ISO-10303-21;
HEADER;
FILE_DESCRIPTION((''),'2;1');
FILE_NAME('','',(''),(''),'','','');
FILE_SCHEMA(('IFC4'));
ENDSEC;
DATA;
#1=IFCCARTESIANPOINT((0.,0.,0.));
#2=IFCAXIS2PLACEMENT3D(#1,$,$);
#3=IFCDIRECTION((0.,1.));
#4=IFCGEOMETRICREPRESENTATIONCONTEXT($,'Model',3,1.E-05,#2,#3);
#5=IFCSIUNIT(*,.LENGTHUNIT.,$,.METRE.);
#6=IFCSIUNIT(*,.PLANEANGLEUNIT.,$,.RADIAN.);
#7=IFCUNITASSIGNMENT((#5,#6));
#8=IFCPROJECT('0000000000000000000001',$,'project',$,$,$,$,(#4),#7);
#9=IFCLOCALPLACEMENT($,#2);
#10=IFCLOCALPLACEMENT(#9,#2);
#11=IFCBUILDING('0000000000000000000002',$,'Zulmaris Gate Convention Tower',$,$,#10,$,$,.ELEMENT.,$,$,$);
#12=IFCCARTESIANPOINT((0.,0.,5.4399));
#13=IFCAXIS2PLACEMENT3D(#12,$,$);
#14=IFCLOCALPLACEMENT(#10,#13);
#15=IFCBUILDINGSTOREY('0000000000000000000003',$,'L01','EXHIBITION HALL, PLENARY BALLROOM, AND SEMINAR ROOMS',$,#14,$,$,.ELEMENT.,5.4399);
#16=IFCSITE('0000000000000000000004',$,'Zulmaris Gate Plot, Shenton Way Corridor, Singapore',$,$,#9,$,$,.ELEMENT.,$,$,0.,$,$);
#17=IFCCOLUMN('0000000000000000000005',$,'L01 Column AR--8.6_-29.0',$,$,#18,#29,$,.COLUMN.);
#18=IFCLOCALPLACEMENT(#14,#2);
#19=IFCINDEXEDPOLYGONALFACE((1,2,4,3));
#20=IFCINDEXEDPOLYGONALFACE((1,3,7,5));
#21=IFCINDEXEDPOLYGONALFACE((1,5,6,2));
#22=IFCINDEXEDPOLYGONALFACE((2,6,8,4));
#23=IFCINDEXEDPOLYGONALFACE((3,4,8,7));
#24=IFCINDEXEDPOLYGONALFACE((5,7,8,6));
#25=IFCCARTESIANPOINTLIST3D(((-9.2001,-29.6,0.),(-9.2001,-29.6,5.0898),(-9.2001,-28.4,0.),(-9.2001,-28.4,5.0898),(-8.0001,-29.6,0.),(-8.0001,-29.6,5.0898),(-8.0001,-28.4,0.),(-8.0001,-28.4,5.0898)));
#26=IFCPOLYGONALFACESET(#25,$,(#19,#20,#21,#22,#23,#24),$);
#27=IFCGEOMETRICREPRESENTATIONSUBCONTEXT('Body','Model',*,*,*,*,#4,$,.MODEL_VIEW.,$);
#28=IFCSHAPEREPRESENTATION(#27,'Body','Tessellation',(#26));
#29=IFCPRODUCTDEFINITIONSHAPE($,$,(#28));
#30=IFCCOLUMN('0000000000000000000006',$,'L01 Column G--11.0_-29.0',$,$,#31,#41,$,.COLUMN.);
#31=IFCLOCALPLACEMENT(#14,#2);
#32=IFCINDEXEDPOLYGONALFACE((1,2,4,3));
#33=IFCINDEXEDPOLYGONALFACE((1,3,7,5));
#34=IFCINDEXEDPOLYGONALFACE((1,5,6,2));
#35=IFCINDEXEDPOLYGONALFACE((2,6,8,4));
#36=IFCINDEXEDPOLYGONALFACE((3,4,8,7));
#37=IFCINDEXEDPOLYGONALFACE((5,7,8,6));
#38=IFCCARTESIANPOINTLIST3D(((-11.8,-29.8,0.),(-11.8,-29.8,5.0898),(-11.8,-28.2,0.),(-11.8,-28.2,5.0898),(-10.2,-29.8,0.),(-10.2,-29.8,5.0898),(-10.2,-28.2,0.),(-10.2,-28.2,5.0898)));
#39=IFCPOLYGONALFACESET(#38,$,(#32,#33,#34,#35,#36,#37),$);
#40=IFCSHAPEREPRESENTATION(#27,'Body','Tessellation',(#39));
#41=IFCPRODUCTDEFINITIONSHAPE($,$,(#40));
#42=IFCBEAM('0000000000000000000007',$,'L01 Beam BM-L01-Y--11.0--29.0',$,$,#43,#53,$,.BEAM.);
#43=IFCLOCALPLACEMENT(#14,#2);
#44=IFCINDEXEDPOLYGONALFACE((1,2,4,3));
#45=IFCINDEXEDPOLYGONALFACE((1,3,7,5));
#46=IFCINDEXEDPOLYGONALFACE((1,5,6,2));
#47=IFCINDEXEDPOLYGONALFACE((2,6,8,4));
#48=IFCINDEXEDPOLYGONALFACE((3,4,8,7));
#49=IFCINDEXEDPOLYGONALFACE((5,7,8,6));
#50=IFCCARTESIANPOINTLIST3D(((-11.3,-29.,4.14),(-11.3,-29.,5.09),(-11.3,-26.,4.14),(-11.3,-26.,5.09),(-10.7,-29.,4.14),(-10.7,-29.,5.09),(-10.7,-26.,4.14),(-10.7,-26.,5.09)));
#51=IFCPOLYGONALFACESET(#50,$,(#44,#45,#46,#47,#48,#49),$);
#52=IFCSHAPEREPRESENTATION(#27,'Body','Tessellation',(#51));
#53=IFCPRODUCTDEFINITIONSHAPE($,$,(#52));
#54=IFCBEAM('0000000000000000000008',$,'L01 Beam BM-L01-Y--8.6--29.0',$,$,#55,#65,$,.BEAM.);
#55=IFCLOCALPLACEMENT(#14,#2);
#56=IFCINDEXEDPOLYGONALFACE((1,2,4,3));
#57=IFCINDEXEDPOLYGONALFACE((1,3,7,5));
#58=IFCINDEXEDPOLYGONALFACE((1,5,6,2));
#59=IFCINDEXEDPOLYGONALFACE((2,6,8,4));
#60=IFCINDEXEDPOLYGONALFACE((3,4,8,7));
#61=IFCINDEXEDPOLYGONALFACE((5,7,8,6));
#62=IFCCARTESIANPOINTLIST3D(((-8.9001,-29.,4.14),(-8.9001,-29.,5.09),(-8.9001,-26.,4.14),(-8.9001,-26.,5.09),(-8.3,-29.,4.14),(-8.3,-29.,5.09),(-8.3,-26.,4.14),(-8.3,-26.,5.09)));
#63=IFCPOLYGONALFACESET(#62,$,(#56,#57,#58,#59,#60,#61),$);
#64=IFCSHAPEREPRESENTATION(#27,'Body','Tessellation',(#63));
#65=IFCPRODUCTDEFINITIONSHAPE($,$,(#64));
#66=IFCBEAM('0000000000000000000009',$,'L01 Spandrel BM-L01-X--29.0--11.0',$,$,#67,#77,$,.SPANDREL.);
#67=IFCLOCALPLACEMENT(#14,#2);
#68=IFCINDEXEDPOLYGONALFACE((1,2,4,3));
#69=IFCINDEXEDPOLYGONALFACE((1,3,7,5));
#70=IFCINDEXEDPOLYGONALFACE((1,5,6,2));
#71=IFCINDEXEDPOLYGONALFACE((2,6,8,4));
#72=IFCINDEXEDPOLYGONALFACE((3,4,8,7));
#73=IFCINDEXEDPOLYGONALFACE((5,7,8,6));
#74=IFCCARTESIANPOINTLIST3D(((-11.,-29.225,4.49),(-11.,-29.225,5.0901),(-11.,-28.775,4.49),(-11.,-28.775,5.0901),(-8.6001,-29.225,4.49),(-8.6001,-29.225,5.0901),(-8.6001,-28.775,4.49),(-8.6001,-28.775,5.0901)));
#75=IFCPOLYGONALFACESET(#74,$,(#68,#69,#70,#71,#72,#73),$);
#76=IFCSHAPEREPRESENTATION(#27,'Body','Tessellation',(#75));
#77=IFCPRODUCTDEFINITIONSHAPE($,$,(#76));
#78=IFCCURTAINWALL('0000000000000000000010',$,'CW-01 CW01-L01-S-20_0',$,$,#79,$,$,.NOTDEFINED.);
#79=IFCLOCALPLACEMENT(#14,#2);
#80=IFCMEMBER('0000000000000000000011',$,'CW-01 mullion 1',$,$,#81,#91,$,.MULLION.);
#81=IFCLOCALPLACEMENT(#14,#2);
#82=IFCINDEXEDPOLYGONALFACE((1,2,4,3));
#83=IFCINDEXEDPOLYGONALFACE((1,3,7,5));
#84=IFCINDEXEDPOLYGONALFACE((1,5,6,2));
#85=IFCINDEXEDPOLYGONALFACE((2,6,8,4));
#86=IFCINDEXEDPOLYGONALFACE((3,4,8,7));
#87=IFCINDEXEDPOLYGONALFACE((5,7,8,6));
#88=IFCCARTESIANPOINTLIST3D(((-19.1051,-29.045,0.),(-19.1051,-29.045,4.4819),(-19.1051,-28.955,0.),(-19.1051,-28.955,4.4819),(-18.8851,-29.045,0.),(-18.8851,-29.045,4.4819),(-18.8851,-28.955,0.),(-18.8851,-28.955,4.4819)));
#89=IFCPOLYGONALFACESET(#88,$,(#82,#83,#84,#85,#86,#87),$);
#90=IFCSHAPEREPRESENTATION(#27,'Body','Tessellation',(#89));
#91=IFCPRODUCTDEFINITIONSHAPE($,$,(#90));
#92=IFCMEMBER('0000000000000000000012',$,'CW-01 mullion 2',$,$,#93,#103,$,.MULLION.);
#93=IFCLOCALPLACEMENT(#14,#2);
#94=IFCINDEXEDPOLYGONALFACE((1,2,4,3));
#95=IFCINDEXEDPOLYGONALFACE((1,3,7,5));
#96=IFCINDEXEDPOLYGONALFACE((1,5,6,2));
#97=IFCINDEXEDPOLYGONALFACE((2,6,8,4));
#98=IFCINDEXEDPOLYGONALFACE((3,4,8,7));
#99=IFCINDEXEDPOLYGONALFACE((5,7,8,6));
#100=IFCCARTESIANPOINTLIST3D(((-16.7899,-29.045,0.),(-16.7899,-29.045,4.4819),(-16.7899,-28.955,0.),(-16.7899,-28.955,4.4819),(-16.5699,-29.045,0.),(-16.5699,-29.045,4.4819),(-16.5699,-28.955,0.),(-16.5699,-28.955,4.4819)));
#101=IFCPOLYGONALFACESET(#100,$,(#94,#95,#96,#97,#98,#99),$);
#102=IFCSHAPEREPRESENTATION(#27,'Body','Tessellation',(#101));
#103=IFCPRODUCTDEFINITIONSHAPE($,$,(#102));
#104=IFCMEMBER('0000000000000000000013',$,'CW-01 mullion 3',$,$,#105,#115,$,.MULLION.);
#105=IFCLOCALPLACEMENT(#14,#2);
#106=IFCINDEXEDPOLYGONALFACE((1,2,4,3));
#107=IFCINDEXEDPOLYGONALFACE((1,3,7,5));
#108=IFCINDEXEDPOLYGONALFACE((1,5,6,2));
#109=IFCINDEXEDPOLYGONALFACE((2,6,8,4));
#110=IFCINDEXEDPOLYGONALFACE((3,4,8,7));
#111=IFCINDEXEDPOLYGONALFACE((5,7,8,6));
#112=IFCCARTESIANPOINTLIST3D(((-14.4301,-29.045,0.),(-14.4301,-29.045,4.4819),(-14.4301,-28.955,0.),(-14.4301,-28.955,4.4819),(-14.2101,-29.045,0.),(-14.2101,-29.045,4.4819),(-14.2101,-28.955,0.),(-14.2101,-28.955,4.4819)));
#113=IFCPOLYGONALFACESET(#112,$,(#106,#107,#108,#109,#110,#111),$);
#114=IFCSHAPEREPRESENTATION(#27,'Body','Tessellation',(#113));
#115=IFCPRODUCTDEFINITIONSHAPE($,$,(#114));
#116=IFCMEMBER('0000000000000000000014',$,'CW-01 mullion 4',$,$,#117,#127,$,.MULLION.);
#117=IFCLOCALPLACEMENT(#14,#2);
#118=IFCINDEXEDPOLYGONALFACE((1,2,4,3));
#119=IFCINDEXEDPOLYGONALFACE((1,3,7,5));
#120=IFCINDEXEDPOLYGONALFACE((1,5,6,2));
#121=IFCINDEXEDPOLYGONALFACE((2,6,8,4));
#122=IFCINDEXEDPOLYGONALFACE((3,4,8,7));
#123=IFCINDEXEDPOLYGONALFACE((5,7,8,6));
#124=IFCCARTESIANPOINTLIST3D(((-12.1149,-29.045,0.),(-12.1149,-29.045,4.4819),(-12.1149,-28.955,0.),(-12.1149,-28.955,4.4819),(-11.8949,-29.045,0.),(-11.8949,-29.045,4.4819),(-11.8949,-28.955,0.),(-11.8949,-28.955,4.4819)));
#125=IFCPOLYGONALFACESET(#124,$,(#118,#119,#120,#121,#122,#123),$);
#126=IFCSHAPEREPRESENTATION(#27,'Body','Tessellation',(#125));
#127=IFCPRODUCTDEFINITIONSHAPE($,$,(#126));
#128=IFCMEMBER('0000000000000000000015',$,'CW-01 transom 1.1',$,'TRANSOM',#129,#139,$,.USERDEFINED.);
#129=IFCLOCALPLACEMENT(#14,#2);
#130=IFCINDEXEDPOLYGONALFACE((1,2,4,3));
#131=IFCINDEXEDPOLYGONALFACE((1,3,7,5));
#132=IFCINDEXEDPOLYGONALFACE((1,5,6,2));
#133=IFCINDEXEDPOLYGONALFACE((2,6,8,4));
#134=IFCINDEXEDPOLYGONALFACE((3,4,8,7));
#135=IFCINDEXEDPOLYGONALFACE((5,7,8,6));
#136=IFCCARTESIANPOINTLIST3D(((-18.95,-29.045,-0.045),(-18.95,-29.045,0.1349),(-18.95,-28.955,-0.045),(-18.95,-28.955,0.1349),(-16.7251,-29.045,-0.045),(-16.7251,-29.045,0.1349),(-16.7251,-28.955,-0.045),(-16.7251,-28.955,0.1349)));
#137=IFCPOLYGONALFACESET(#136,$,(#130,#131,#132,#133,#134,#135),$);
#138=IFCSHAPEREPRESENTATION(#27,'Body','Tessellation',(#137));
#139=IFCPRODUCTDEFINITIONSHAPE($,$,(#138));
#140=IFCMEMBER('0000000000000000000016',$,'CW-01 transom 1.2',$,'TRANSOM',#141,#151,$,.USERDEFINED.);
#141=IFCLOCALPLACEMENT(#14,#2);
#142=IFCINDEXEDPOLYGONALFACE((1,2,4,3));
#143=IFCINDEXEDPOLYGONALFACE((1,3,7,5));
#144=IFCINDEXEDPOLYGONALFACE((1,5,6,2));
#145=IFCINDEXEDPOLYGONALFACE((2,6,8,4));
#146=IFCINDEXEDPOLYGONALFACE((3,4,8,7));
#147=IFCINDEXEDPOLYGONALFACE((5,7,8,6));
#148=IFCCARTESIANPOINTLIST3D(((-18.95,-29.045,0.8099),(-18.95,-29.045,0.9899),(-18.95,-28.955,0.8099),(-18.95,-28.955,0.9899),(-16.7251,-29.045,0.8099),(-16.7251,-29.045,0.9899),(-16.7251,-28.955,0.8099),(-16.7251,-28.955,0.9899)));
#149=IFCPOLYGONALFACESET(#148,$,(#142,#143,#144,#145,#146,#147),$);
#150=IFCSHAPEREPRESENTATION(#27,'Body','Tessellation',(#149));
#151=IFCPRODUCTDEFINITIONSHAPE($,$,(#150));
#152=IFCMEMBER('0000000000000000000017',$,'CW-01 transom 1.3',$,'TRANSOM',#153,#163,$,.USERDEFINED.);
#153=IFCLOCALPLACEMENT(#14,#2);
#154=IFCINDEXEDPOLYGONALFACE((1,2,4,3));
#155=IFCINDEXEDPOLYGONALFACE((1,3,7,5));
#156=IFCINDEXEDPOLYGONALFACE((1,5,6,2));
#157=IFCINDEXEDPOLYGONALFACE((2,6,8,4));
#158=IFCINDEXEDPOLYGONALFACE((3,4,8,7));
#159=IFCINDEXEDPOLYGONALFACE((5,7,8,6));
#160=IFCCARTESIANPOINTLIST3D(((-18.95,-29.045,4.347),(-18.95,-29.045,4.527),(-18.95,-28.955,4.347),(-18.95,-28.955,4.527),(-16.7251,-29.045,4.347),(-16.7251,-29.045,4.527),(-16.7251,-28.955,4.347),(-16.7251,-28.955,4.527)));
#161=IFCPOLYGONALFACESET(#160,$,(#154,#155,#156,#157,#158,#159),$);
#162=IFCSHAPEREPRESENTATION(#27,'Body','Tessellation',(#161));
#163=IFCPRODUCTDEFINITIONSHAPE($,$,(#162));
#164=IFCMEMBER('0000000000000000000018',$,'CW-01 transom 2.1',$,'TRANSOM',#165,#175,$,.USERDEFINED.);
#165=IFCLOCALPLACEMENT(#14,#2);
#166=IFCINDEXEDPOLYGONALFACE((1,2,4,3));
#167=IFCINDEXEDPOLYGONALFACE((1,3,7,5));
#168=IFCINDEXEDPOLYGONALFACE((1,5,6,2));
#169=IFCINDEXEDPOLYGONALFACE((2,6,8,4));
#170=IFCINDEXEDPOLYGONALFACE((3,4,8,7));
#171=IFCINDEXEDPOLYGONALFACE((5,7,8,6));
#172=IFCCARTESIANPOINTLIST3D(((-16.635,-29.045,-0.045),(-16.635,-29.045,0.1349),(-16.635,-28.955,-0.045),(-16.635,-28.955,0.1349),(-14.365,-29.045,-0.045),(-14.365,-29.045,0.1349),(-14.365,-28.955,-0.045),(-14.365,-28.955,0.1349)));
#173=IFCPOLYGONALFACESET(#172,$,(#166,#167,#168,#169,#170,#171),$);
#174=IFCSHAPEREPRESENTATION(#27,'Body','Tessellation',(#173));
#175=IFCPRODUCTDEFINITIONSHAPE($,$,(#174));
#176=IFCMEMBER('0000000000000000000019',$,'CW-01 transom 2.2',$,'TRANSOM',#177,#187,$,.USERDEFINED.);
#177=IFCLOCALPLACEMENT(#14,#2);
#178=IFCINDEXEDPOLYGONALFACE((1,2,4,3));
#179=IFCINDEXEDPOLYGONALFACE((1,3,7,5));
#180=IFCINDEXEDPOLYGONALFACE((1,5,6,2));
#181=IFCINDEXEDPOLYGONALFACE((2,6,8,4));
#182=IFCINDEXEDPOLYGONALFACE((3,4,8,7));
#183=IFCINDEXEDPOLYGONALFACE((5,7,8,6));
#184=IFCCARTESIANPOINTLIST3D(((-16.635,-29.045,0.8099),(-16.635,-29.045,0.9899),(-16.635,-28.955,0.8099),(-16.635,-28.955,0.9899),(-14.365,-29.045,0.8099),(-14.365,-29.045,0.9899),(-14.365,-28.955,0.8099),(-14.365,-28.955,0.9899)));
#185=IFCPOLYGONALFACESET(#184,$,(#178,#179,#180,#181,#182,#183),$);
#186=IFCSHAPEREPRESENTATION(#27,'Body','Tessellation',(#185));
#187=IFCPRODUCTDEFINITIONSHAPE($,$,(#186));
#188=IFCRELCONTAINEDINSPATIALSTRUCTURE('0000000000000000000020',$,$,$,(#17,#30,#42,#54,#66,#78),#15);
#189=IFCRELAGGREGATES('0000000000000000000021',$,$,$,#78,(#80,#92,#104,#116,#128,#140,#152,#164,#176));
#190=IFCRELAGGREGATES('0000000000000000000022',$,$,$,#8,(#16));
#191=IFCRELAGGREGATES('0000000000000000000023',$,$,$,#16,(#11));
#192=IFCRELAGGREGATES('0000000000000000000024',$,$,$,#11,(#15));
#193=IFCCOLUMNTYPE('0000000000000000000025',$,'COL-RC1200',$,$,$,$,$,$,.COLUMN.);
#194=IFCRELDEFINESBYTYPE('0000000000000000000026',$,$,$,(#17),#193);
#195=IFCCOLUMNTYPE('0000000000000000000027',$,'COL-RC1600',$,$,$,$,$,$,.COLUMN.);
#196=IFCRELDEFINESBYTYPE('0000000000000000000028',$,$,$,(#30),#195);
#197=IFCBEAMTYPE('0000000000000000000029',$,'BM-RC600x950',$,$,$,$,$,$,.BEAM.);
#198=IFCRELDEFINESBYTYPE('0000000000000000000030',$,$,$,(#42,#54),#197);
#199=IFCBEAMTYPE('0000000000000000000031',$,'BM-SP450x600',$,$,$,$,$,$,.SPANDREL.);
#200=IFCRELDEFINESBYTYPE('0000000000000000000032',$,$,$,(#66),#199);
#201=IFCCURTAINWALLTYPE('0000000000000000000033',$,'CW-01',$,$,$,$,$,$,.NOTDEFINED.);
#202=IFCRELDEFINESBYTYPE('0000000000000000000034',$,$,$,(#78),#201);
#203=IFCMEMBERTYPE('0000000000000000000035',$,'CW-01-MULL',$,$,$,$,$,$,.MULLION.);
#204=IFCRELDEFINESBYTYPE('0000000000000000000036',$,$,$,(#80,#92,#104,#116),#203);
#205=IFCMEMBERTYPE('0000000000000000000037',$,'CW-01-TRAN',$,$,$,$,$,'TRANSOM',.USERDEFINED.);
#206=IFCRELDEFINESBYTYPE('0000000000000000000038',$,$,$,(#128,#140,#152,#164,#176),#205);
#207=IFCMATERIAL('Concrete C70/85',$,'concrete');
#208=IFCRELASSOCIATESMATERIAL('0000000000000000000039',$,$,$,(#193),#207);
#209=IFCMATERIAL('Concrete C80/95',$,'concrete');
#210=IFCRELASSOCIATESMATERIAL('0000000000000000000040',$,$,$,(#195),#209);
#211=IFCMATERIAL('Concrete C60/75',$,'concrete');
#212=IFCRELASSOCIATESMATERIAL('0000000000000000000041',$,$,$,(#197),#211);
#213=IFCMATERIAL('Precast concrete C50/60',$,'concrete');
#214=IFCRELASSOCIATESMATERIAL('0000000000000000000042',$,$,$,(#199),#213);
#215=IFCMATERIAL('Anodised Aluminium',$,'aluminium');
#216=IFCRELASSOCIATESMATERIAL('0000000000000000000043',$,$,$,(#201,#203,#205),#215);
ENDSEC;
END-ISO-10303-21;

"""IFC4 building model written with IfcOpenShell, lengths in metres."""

from ifc_helpers import new_model, si_unit, direction, frame, origin, origin_2d, place, context, subcontext, project, spatial, rectangle, extrude, material, material_profile, profile_set, type_object, element, aggregate, save


model = new_model("IFC4")

# Units and contexts
model_context = context("Model", 3, precision=1e-05, world=origin(), true_north=direction((0.0, 1.0)))
body_context = subcontext(model_context, "Body", "Model", "MODEL_VIEW")
ifc_project = project(units=[si_unit("LENGTHUNIT", "METRE"), si_unit("PLANEANGLEUNIT", "RADIAN")], contexts=[model_context])

# Site, building, storey
site_placement = place(None, origin())
site = spatial("IfcSite", under=ifc_project, at=site_placement, Name="Zulmaris Gate Plot, Shenton Way Corridor, Singapore", CompositionType="ELEMENT", RefElevation=0.0)
building_placement = place(site_placement, origin())
building = spatial("IfcBuilding", under=site, at=building_placement, Name="Zulmaris Gate Convention Tower", CompositionType="ELEMENT")
storey_placement = place(building_placement, frame((0.0, 0.0, 5.4399)))
storey = spatial("IfcBuildingStorey", under=building, at=storey_placement, Name="L01", Description="EXHIBITION HALL, PLENARY BALLROOM, AND SEMINAR ROOMS", CompositionType="ELEMENT", Elevation=5.4399)

# Columns
ifc_material_1 = material(Name="Concrete C70/85", Category="concrete")
ifc_material_profile_1 = material_profile(ifc_material_1, rectangle(XDim=1.2, YDim=1.2, at=origin_2d()), Name="RC COL 1200x1200")
ifc_profile_set_1 = profile_set([ifc_material_profile_1], Name="Concrete C70/85")
column_type_1 = type_object("IfcColumnType", Name="COL-RC1200", PredefinedType="COLUMN", material=ifc_profile_set_1)
column_1_placement = place(storey_placement, frame((-8.6001, -29.0, 0.0), z_axis=(0.0, 0.0, 1.0), x_axis=(1.0, 0.0, 0.0)))
element("IfcColumn", 1, at=column_1_placement, inside=storey, type_object=column_type_1, Name="L01 Column AR--8.6_-29.0", PredefinedType="COLUMN", context=body_context, shape_type="SweptSolid", body=[
    extrude(rectangle(XDim=1.2, YDim=1.2, at=origin_2d()), origin(), (0.0, 0.0, 1.0), 5.0898),
])
ifc_material_2 = material(Name="Concrete C80/95", Category="concrete")
ifc_material_profile_2 = material_profile(ifc_material_2, rectangle(XDim=1.6001, YDim=1.6001, at=origin_2d()), Name="RC COL 1600x1600")
ifc_profile_set_2 = profile_set([ifc_material_profile_2], Name="Concrete C80/95")
column_type_2 = type_object("IfcColumnType", Name="COL-RC1600", PredefinedType="COLUMN", material=ifc_profile_set_2)
column_2_placement = place(storey_placement, frame((-11.0, -29.0, 0.0), z_axis=(0.0, 0.0, 1.0), x_axis=(1.0, 0.0, 0.0)))
element("IfcColumn", 2, at=column_2_placement, inside=storey, type_object=column_type_2, Name="L01 Column G--11.0_-29.0", PredefinedType="COLUMN", context=body_context, shape_type="SweptSolid", body=[
    extrude(rectangle(XDim=1.6001, YDim=1.6001, at=origin_2d()), origin(), (0.0, 0.0, 1.0), 5.0898),
])

# Beams
ifc_material_3 = material(Name="Concrete C60/75", Category="concrete")
ifc_material_profile_3 = material_profile(ifc_material_3, rectangle(XDim=0.6001, YDim=0.95, at=origin_2d()), Name="RC BEAM 600x950")
ifc_profile_set_3 = profile_set([ifc_material_profile_3], Name="Concrete C60/75")
beam_type_1 = type_object("IfcBeamType", Name="BM-RC600x950", PredefinedType="BEAM", material=ifc_profile_set_3)
for number, where, z_axis, x_axis, name in (
    (3, (-11.0, -29.0, 4.615), (0.0, 1.0, 0.0), (-1.0, 0.0, 0.0), "L01 Beam BM-L01-Y--11.0--29.0"),
    (4, (-8.6001, -29.0, 4.615), (0.0, 1.0, 0.0), (-1.0, 0.0, 0.0), "L01 Beam BM-L01-Y--8.6--29.0"),
):
    element("IfcBeam", number, at=place(storey_placement, frame(where, z_axis=z_axis, x_axis=x_axis)), inside=storey, type_object=beam_type_1, Name=name, PredefinedType="BEAM", context=body_context, shape_type="SweptSolid", body=[
        extrude(rectangle(XDim=0.6001, YDim=0.95, at=origin_2d()), origin(), (0.0, 0.0, 1.0), 3.0),
    ])
ifc_material_4 = material(Name="Precast concrete C50/60", Category="concrete")
ifc_material_profile_4 = material_profile(ifc_material_4, rectangle(XDim=0.45, YDim=0.6001, at=origin_2d()), Name="RC SPANDREL 450x600")
ifc_profile_set_4 = profile_set([ifc_material_profile_4], Name="Precast concrete C50/60")
beam_type_2 = type_object("IfcBeamType", Name="BM-SP450x600", PredefinedType="SPANDREL", material=ifc_profile_set_4)
beam_placement = place(storey_placement, frame((-11.0, -29.0, 4.79), z_axis=(1.0, 0.0, 0.0), x_axis=(0.0, 1.0, 0.0)))
element("IfcBeam", 5, at=beam_placement, inside=storey, type_object=beam_type_2, Name="L01 Spandrel BM-L01-X--29.0--11.0", PredefinedType="SPANDREL", context=body_context, shape_type="SweptSolid", body=[
    extrude(rectangle(XDim=0.45, YDim=0.6001, at=origin_2d()), origin(), (0.0, 0.0, 1.0), 2.3999),
])

# Curtain wall, members
ifc_material_5 = material(Name="Anodised Aluminium", Category="aluminium")
curtain_wall_type = type_object("IfcCurtainWallType", Name="CW-01", PredefinedType="NOTDEFINED", material=ifc_material_5)
curtain_wall_placement = place(storey_placement, origin())
curtain_wall = element("IfcCurtainWall", 6, at=curtain_wall_placement, inside=storey, type_object=curtain_wall_type, Name="CW-01 CW01-L01-S-20_0", PredefinedType="NOTDEFINED")
ifc_material_profile_5 = material_profile(ifc_material_5, rectangle(XDim=0.0901, YDim=0.22, at=origin_2d()), Name="ALU MULLION 90x220")
ifc_profile_set_5 = profile_set([ifc_material_profile_5], Name="Anodised Aluminium")
member_type_1 = type_object("IfcMemberType", Name="CW-01-MULL", PredefinedType="MULLION", material=ifc_profile_set_5)
member_1_placement = place(storey_placement, frame((-18.9951, -29.0, 0.0), z_axis=(0.0, 0.0, 1.0), x_axis=(0.0, 1.0, 0.0)))
member_1 = element("IfcMember", 7, at=member_1_placement, type_object=member_type_1, Name="CW-01 mullion 1", PredefinedType="MULLION", context=body_context, shape_type="SweptSolid", body=[
    extrude(rectangle(XDim=0.0901, YDim=0.22, at=origin_2d()), origin(), (0.0, 0.0, 1.0), 4.4819),
])
member_2_placement = place(storey_placement, frame((-16.6799, -29.0, 0.0), z_axis=(0.0, 0.0, 1.0), x_axis=(0.0, 1.0, 0.0)))
member_2 = element("IfcMember", 8, at=member_2_placement, type_object=member_type_1, Name="CW-01 mullion 2", PredefinedType="MULLION", context=body_context, shape_type="SweptSolid", body=[
    extrude(rectangle(XDim=0.0901, YDim=0.22, at=origin_2d()), origin(), (0.0, 0.0, 1.0), 4.4819),
])
member_3_placement = place(storey_placement, frame((-14.3201, -29.0, 0.0), z_axis=(0.0, 0.0, 1.0), x_axis=(0.0, 1.0, 0.0)))
member_3 = element("IfcMember", 9, at=member_3_placement, type_object=member_type_1, Name="CW-01 mullion 3", PredefinedType="MULLION", context=body_context, shape_type="SweptSolid", body=[
    extrude(rectangle(XDim=0.0901, YDim=0.22, at=origin_2d()), origin(), (0.0, 0.0, 1.0), 4.4819),
])
member_4_placement = place(storey_placement, frame((-12.0049, -29.0, 0.0), z_axis=(0.0, 0.0, 1.0), x_axis=(0.0, 1.0, 0.0)))
member_4 = element("IfcMember", 10, at=member_4_placement, type_object=member_type_1, Name="CW-01 mullion 4", PredefinedType="MULLION", context=body_context, shape_type="SweptSolid", body=[
    extrude(rectangle(XDim=0.0901, YDim=0.22, at=origin_2d()), origin(), (0.0, 0.0, 1.0), 4.4819),
])
ifc_material_profile_6 = material_profile(ifc_material_5, rectangle(XDim=0.0901, YDim=0.1799, at=origin_2d()), Name="ALU TRANSOM 90x180")
ifc_profile_set_6 = profile_set([ifc_material_profile_6], Name="Anodised Aluminium")
member_type_2 = type_object("IfcMemberType", Name="CW-01-TRAN", ElementType="TRANSOM", PredefinedType="USERDEFINED", material=ifc_profile_set_6)
member_5_placement = place(storey_placement, frame((-18.95, -29.0, 0.0449), z_axis=(1.0, 0.0, 0.0), x_axis=(0.0, 1.0, 0.0)))
member_5 = element("IfcMember", 11, at=member_5_placement, type_object=member_type_2, Name="CW-01 transom 1.1", ObjectType="TRANSOM", PredefinedType="USERDEFINED", context=body_context, shape_type="SweptSolid", body=[
    extrude(rectangle(XDim=0.0901, YDim=0.1799, at=origin_2d()), origin(), (0.0, 0.0, 1.0), 2.2249),
])
member_6_placement = place(storey_placement, frame((-18.95, -29.0, 0.8999), z_axis=(1.0, 0.0, 0.0), x_axis=(0.0, 1.0, 0.0)))
member_6 = element("IfcMember", 12, at=member_6_placement, type_object=member_type_2, Name="CW-01 transom 1.2", ObjectType="TRANSOM", PredefinedType="USERDEFINED", context=body_context, shape_type="SweptSolid", body=[
    extrude(rectangle(XDim=0.0901, YDim=0.1799, at=origin_2d()), origin(), (0.0, 0.0, 1.0), 2.2249),
])
member_7_placement = place(storey_placement, frame((-18.95, -29.0, 4.437), z_axis=(1.0, 0.0, 0.0), x_axis=(0.0, 1.0, 0.0)))
member_7 = element("IfcMember", 13, at=member_7_placement, type_object=member_type_2, Name="CW-01 transom 1.3", ObjectType="TRANSOM", PredefinedType="USERDEFINED", context=body_context, shape_type="SweptSolid", body=[
    extrude(rectangle(XDim=0.0901, YDim=0.1799, at=origin_2d()), origin(), (0.0, 0.0, 1.0), 2.2249),
])
member_8_placement = place(storey_placement, frame((-16.635, -29.0, 0.0449), z_axis=(1.0, 0.0, 0.0), x_axis=(0.0, 1.0, 0.0)))
member_8 = element("IfcMember", 14, at=member_8_placement, type_object=member_type_2, Name="CW-01 transom 2.1", ObjectType="TRANSOM", PredefinedType="USERDEFINED", context=body_context, shape_type="SweptSolid", body=[
    extrude(rectangle(XDim=0.0901, YDim=0.1799, at=origin_2d()), origin(), (0.0, 0.0, 1.0), 2.27),
])
member_9_placement = place(storey_placement, frame((-16.635, -29.0, 0.8999), z_axis=(1.0, 0.0, 0.0), x_axis=(0.0, 1.0, 0.0)))
member_9 = element("IfcMember", 15, at=member_9_placement, type_object=member_type_2, Name="CW-01 transom 2.2", ObjectType="TRANSOM", PredefinedType="USERDEFINED", context=body_context, shape_type="SweptSolid", body=[
    extrude(rectangle(XDim=0.0901, YDim=0.1799, at=origin_2d()), origin(), (0.0, 0.0, 1.0), 2.27),
])
aggregate(curtain_wall, [member_1, member_2, member_3, member_4, member_5, member_6, member_7, member_8, member_9])

save(model, "model.ifc")
